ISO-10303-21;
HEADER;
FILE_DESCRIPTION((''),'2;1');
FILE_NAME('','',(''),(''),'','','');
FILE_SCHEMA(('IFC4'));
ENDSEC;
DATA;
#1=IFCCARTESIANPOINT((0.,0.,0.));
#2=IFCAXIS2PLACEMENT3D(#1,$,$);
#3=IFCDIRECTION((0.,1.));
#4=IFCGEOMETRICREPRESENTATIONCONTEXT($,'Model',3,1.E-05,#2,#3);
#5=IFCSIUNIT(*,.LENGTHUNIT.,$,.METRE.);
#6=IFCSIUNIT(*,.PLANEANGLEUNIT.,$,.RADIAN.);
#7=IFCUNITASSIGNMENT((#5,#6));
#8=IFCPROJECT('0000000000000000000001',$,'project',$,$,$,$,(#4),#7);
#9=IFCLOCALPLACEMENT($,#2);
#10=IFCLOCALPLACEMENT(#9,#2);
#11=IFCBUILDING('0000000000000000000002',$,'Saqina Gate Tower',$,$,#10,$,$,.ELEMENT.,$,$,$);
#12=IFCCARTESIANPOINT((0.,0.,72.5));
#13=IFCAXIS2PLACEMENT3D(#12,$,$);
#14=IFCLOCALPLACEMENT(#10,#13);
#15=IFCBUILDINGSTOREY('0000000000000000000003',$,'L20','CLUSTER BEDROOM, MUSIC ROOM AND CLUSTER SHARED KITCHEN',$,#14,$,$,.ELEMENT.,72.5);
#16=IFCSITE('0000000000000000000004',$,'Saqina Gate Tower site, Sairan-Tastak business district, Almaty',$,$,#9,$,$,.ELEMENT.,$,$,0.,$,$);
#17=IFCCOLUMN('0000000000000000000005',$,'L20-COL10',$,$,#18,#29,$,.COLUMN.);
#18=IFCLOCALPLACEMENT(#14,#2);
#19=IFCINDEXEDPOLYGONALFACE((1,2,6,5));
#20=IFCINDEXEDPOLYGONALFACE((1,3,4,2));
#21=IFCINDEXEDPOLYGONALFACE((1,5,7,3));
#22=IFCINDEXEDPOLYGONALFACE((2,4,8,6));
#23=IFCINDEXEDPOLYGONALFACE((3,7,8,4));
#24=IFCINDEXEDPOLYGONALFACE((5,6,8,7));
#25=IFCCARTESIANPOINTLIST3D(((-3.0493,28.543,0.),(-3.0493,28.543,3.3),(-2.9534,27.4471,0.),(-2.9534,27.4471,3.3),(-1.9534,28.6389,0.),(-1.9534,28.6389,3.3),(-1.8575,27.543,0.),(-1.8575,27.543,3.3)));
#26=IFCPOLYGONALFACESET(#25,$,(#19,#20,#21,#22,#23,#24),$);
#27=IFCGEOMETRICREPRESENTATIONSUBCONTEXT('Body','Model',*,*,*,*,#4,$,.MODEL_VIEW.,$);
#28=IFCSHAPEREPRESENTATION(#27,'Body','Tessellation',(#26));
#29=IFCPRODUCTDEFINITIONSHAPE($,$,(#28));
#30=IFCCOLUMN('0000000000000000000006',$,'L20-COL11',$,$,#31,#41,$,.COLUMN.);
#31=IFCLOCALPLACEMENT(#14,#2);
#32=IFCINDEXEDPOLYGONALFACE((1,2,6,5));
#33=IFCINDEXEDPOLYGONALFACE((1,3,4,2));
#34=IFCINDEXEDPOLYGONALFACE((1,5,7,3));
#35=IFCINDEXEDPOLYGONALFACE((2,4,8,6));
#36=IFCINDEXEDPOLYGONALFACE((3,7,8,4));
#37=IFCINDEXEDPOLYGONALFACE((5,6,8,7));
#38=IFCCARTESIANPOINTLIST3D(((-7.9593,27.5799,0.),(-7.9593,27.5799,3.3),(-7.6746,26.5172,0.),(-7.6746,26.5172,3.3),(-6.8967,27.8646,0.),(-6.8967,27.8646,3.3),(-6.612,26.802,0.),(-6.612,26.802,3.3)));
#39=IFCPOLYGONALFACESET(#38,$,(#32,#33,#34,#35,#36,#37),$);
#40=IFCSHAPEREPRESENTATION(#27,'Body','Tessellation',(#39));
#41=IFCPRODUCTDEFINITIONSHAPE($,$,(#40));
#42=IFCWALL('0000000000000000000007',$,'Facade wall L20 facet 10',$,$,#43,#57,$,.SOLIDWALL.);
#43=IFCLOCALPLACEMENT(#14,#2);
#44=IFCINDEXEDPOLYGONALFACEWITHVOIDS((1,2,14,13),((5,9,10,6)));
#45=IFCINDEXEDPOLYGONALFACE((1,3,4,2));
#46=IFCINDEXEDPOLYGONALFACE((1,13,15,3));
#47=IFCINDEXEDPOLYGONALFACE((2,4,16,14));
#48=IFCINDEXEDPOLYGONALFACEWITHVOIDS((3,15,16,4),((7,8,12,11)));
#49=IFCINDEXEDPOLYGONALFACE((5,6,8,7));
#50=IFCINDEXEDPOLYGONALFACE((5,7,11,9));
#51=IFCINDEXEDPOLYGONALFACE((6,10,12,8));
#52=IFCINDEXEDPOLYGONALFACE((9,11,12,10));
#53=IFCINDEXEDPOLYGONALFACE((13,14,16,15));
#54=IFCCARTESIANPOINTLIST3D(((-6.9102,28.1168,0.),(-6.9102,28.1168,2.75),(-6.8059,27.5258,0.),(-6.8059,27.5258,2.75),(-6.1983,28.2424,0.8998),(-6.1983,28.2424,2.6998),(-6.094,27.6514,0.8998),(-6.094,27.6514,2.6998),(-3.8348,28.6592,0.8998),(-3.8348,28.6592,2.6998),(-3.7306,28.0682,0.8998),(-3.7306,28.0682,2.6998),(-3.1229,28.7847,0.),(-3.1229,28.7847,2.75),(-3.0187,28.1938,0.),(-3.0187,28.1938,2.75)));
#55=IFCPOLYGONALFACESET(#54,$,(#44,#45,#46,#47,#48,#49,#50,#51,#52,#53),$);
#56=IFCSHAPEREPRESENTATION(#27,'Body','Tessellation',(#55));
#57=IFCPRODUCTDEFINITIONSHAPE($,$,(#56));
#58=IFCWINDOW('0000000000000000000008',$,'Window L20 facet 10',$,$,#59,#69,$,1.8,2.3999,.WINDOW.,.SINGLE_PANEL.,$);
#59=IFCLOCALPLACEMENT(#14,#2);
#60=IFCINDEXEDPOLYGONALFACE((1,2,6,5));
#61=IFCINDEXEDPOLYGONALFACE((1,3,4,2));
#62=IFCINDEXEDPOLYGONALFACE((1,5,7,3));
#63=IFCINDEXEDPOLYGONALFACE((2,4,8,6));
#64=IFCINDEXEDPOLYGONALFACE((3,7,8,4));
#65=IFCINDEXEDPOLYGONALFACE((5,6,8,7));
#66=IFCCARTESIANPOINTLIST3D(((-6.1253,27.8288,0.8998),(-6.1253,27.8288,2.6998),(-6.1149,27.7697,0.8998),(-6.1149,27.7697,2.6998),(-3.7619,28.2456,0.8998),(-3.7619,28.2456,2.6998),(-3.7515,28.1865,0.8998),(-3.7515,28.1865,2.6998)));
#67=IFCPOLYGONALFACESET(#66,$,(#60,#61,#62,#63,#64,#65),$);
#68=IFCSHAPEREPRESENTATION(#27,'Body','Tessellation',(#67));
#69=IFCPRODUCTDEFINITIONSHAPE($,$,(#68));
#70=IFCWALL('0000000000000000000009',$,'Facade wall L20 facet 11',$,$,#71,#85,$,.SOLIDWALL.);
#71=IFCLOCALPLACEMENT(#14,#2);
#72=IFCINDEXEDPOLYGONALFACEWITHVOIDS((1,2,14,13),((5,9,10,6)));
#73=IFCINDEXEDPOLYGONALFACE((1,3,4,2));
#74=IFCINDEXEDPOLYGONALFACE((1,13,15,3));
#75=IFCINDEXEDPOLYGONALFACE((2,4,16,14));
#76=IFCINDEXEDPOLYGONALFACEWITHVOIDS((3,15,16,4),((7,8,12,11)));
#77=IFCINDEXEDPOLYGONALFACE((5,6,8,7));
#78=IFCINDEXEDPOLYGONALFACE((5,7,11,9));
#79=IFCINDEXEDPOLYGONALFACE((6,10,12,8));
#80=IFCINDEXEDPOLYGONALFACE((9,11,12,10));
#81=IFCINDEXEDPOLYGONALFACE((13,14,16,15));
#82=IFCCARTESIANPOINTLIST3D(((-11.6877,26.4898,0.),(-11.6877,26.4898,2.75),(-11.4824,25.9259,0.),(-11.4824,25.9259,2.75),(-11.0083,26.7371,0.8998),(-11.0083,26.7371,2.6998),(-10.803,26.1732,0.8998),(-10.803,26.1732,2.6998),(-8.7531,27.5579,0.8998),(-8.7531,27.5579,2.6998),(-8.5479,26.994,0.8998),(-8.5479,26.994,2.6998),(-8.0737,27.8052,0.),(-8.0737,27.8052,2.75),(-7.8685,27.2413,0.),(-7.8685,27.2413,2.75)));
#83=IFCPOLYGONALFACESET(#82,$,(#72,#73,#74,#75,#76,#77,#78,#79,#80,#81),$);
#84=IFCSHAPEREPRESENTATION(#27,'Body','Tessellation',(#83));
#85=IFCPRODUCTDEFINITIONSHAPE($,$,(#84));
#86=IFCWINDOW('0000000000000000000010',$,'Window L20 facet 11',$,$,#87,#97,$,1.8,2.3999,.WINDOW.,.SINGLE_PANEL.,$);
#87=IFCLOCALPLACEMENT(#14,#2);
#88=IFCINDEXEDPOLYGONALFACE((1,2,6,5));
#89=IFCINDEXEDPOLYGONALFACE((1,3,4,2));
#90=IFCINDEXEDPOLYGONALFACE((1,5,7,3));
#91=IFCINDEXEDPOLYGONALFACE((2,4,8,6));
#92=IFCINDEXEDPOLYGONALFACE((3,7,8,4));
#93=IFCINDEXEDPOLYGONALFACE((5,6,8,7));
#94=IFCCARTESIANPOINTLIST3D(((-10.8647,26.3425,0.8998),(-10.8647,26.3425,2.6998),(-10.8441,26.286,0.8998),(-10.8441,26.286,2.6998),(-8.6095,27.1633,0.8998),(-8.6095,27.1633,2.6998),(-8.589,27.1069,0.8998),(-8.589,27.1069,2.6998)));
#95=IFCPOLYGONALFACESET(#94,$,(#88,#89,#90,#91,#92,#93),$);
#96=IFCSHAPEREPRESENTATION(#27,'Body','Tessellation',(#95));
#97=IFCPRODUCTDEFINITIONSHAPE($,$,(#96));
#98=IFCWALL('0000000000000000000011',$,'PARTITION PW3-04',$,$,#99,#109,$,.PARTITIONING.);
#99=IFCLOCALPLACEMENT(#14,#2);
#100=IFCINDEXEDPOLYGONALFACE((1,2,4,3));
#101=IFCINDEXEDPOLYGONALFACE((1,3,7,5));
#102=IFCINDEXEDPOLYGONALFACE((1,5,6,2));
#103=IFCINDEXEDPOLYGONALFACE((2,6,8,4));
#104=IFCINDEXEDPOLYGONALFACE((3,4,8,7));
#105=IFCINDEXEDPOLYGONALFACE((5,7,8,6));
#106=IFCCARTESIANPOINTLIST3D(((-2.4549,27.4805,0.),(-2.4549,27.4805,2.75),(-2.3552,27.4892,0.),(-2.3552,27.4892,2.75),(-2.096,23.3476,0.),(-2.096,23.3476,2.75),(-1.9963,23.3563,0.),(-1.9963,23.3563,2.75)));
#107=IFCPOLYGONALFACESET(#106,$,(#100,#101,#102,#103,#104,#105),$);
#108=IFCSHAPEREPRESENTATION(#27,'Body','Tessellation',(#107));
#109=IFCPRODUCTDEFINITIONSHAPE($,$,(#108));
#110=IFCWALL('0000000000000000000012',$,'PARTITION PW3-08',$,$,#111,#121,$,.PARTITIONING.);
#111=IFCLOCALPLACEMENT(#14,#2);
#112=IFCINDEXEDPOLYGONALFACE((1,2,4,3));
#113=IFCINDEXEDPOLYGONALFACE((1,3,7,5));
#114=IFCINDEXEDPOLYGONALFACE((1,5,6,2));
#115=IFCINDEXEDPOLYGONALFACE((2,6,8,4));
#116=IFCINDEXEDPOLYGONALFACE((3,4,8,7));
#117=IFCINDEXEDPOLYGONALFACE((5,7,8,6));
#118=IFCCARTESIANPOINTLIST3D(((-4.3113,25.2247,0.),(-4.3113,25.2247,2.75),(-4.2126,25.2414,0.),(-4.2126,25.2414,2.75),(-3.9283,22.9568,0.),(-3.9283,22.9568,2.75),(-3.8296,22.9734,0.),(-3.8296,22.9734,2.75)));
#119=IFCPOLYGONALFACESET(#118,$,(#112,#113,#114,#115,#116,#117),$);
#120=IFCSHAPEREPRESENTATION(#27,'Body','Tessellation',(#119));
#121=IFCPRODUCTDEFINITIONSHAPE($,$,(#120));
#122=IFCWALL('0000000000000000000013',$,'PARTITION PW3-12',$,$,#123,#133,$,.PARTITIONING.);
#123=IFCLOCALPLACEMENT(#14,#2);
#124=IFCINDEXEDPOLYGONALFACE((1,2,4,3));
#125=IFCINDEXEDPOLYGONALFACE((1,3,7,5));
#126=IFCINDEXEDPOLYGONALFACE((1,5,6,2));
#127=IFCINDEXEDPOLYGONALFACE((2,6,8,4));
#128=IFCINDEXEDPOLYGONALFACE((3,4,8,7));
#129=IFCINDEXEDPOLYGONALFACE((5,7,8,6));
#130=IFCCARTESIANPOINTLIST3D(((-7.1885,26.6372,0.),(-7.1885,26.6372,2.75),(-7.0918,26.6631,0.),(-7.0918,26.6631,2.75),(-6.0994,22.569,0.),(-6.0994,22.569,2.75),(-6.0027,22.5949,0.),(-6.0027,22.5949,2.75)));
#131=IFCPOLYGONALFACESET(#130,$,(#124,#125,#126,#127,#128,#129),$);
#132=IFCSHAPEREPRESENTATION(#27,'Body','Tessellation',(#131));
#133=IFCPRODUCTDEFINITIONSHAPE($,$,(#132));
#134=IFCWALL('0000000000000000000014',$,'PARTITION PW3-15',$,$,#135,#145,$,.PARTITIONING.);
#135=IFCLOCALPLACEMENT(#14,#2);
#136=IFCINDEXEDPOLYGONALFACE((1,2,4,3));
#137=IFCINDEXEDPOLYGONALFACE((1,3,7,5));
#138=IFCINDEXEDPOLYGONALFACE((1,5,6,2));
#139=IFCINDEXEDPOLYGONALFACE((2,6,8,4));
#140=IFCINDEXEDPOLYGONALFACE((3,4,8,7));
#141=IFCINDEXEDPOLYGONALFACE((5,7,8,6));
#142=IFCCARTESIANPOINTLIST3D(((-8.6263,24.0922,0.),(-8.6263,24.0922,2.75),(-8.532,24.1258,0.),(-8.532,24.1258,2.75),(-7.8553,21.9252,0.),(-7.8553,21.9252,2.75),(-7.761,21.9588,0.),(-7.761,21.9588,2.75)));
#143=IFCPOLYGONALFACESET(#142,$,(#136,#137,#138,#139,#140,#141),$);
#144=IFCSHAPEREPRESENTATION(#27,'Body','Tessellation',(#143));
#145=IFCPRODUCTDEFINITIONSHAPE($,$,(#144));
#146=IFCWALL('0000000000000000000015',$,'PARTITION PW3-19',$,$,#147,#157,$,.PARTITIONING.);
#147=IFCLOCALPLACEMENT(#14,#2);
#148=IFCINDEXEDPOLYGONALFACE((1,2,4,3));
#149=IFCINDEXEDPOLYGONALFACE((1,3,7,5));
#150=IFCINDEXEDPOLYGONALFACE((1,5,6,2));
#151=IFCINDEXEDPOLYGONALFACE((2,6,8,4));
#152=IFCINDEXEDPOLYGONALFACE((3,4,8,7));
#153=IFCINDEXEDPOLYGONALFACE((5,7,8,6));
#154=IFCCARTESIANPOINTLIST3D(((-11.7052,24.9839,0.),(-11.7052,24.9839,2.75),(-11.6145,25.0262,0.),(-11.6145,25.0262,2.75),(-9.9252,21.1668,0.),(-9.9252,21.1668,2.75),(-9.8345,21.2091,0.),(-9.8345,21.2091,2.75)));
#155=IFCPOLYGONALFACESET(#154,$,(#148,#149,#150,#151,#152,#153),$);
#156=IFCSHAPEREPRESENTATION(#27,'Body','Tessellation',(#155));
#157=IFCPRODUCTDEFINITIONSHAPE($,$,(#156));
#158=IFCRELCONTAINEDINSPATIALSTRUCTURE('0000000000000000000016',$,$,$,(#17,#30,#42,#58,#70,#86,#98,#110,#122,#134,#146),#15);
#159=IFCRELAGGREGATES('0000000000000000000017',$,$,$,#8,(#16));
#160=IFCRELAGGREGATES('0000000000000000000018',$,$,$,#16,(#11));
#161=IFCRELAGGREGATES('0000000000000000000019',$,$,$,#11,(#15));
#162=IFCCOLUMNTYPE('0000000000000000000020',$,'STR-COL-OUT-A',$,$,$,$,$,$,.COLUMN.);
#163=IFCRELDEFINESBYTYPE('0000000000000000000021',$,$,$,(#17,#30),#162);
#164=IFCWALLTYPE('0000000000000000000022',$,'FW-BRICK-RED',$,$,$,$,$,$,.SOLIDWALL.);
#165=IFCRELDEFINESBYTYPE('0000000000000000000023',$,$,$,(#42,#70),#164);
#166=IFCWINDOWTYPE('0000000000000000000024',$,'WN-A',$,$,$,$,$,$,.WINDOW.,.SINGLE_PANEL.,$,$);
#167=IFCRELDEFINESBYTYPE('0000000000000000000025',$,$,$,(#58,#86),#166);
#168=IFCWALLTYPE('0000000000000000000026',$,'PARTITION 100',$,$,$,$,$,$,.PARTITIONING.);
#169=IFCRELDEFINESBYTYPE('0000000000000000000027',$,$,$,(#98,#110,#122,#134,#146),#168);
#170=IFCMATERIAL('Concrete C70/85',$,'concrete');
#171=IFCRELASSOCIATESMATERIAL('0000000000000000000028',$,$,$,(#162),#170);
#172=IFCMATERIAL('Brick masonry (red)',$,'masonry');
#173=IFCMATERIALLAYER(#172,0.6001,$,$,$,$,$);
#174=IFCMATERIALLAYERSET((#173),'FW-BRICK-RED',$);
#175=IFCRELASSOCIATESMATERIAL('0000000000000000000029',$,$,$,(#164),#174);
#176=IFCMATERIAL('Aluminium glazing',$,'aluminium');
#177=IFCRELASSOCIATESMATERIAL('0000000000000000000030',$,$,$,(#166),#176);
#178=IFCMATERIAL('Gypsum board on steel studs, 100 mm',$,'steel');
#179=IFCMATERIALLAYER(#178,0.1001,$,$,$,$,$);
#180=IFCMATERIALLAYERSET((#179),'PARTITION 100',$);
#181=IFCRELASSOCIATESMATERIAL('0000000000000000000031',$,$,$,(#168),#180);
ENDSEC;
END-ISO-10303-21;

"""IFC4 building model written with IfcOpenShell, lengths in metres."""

from ifc_helpers import new_model, si_unit, direction, frame, frame_2d, origin, origin_2d, place, context, subcontext, project, spatial, rectangle, extrude, material, layer, layer_set, material_profile, profile_set, type_object, element, fill, save


model = new_model("IFC4")

# Units and contexts
model_context = context("Model", 3, precision=1e-05, world=origin(), true_north=direction((0.0, 1.0)))
body_context = subcontext(model_context, "Body", "Model", "MODEL_VIEW")
ifc_project = project(units=[si_unit("LENGTHUNIT", "METRE"), si_unit("PLANEANGLEUNIT", "RADIAN")], contexts=[model_context])

# Site, building, storey
site_placement = place(None, origin())
site = spatial("IfcSite", under=ifc_project, at=site_placement, Name="Saqina Gate Tower site, Sairan-Tastak business district, Almaty", CompositionType="ELEMENT", RefElevation=0.0)
building_placement = place(site_placement, origin())
building = spatial("IfcBuilding", under=site, at=building_placement, Name="Saqina Gate Tower", CompositionType="ELEMENT")
storey_placement = place(building_placement, frame((0.0, 0.0, 72.5)))
storey = spatial("IfcBuildingStorey", under=building, at=storey_placement, Name="L20", Description="CLUSTER BEDROOM, MUSIC ROOM AND CLUSTER SHARED KITCHEN", CompositionType="ELEMENT", Elevation=72.5)

# Columns
ifc_material_1 = material(Name="Concrete C70/85", Category="concrete")
ifc_material_profile = material_profile(ifc_material_1, rectangle(XDim=1.1001, YDim=1.1001, at=origin_2d()), Name="RC 1100x1100")
ifc_profile_set = profile_set([ifc_material_profile], Name="Concrete C70/85")
column_type = type_object("IfcColumnType", Name="STR-COL-OUT-A", PredefinedType="COLUMN", material=ifc_profile_set)
for number, where, z_axis, x_axis, name in (
    (1, (-2.4534, 28.043, 0.0), (0.0, 0.0, 1.0), (-0.087156, 0.996195, 0.0), "L20-COL10"),
    (2, (-7.2856, 27.1909, 0.0), (0.0, 0.0, 1.0), (-0.258819, 0.965926, 0.0), "L20-COL11"),
):
    element("IfcColumn", number, at=place(storey_placement, frame(where, z_axis=z_axis, x_axis=x_axis)), inside=storey, type_object=column_type, Name=name, PredefinedType="COLUMN", context=body_context, shape_type="SweptSolid", body=[
        extrude(rectangle(XDim=1.1001, YDim=1.1001, at=origin_2d()), origin(), (0.0, 0.0, 1.0), 3.3),
    ])

# Walls, openings, windows
ifc_material_2 = material(Name="Brick masonry (red)", Category="masonry")
ifc_layer_1 = layer(ifc_material_2, 0.6001)
ifc_layer_set_1 = layer_set([ifc_layer_1], Name="FW-BRICK-RED")
wall_type_1 = type_object("IfcWallType", Name="FW-BRICK-RED", PredefinedType="SOLIDWALL", material=ifc_layer_set_1)
wall_1_placement = place(storey_placement, frame((-3.0708, 28.4893, 0.0), z_axis=(0.0, 0.0, 1.0), x_axis=(-0.984801, -0.173688, 0.0)))
wall_1 = element("IfcWall", 3, at=wall_1_placement, inside=storey, type_object=wall_type_1, Name="Facade wall L20 facet 10", PredefinedType="SOLIDWALL", context=body_context, shape_type="SweptSolid", body=[
    extrude(rectangle(XDim=3.8457, YDim=0.6001, at=frame_2d((1.9229, 0.0))), origin(), (0.0, 0.0, 1.0), 2.75),
])
opening_1_placement = place(wall_1_placement, frame((0.7229, 0.0, 0.8999)))
opening_1 = element("IfcOpeningElement", 4, at=opening_1_placement, cuts=wall_1, PredefinedType="OPENING", context=body_context, shape_type="SweptSolid", body=[
    extrude(rectangle(XDim=2.3999, YDim=1.8, at=frame_2d((1.2, 0.8999))), frame((0.0, 0.312, 0.0), z_axis=(0.0, -1.0, 0.0), x_axis=(1.0, 0.0, 0.0)), (0.0, 0.0, 1.0), 0.624),
])
ifc_material_3 = material(Name="Aluminium glazing", Category="aluminium")
window_type = type_object("IfcWindowType", Name="WN-A", PartitioningType="SINGLE_PANEL", PredefinedType="WINDOW", material=ifc_material_3)
window_1_placement = place(opening_1_placement, origin())
window_1 = element("IfcWindow", 5, at=window_1_placement, inside=storey, type_object=window_type, Name="Window L20 facet 10", OverallHeight=1.8, OverallWidth=2.3999, PartitioningType="SINGLE_PANEL", PredefinedType="WINDOW", context=body_context, shape_type="SweptSolid", body=[
    extrude(rectangle(XDim=2.3999, YDim=1.8, at=frame_2d((1.2, 0.8999))), frame((0.0, 0.1799, 0.0), z_axis=(0.0, -1.0, 0.0), x_axis=(1.0, 0.0, 0.0)), (0.0, 0.0, 1.0), 0.0601),
])
fill(opening_1, window_1)
wall_2_placement = place(storey_placement, frame((-7.9712, 27.5232, 0.0), z_axis=(0.0, 0.0, 1.0), x_axis=(-0.93969, -0.342028, 0.0)))
wall_2 = element("IfcWall", 6, at=wall_2_placement, inside=storey, type_object=wall_type_1, Name="Facade wall L20 facet 11", PredefinedType="SOLIDWALL", context=body_context, shape_type="SweptSolid", body=[
    extrude(rectangle(XDim=3.8459, YDim=0.6001, at=frame_2d((1.9229, 0.0))), origin(), (0.0, 0.0, 1.0), 2.75),
])
opening_2_placement = place(wall_2_placement, frame((0.7229, 0.0, 0.8999)))
opening_2 = element("IfcOpeningElement", 7, at=opening_2_placement, cuts=wall_2, PredefinedType="OPENING", context=body_context, shape_type="SweptSolid", body=[
    extrude(rectangle(XDim=2.3999, YDim=1.8, at=frame_2d((1.2, 0.8999))), frame((0.0, 0.312, 0.0), z_axis=(0.0, -1.0, 0.0), x_axis=(1.0, 0.0, 0.0)), (0.0, 0.0, 1.0), 0.624),
])
window_2_placement = place(opening_2_placement, origin())
window_2 = element("IfcWindow", 8, at=window_2_placement, inside=storey, type_object=window_type, Name="Window L20 facet 11", OverallHeight=1.8, OverallWidth=2.3999, PartitioningType="SINGLE_PANEL", PredefinedType="WINDOW", context=body_context, shape_type="SweptSolid", body=[
    extrude(rectangle(XDim=2.3999, YDim=1.8, at=frame_2d((1.2, 0.8999))), frame((0.0, 0.1799, 0.0), z_axis=(0.0, -1.0, 0.0), x_axis=(1.0, 0.0, 0.0)), (0.0, 0.0, 1.0), 0.0601),
])
fill(opening_2, window_2)

# Walls
ifc_material_4 = material(Name="Gypsum board on steel studs, 100 mm", Category="steel")
ifc_layer_2 = layer(ifc_material_4, 0.1001)
ifc_layer_set_2 = layer_set([ifc_layer_2], Name="PARTITION 100")
wall_type_2 = type_object("IfcWallType", Name="PARTITION 100", PredefinedType="PARTITIONING", material=ifc_layer_set_2)
wall_3_placement = place(storey_placement, frame((-2.405, 27.4849, 0.0), z_axis=(0.0, 0.0, 1.0), x_axis=(0.086513, -0.996251, 0.0)))
element("IfcWall", 9, at=wall_3_placement, inside=storey, type_object=wall_type_2, Name="PARTITION PW3-04", PredefinedType="PARTITIONING", context=body_context, shape_type="SweptSolid", body=[
    extrude(rectangle(XDim=4.1484, YDim=0.1001, at=frame_2d((2.0742, 0.0))), origin(), (0.0, 0.0, 1.0), 2.75),
])
wall_4_placement = place(storey_placement, frame((-4.262, 25.2329, 0.0), z_axis=(0.0, 0.0, 1.0), x_axis=(0.16655, -0.986033, 0.0)))
element("IfcWall", 10, at=wall_4_placement, inside=storey, type_object=wall_type_2, Name="PARTITION PW3-08", PredefinedType="PARTITIONING", context=body_context, shape_type="SweptSolid", body=[
    extrude(rectangle(XDim=2.3, YDim=0.1001, at=frame_2d((1.1499, 0.0))), origin(), (0.0, 0.0, 1.0), 2.75),
])
wall_5_placement = place(storey_placement, frame((-7.1401, 26.6501, 0.0), z_axis=(0.0, 0.0, 1.0), x_axis=(0.258611, -0.965981, 0.0)))
element("IfcWall", 11, at=wall_5_placement, inside=storey, type_object=wall_type_2, Name="PARTITION PW3-12", PredefinedType="PARTITIONING", context=body_context, shape_type="SweptSolid", body=[
    extrude(rectangle(XDim=4.2114, YDim=0.1001, at=frame_2d((2.1057, 0.0))), origin(), (0.0, 0.0, 1.0), 2.75),
])
wall_6_placement = place(storey_placement, frame((-8.5791, 24.1089, 0.0), z_axis=(0.0, 0.0, 1.0), x_axis=(0.335207, -0.942145, 0.0)))
element("IfcWall", 12, at=wall_6_placement, inside=storey, type_object=wall_type_2, Name="PARTITION PW3-15", PredefinedType="PARTITIONING", context=body_context, shape_type="SweptSolid", body=[
    extrude(rectangle(XDim=2.3, YDim=0.1001, at=frame_2d((1.1499, 0.0))), origin(), (0.0, 0.0, 1.0), 2.75),
])
wall_7_placement = place(storey_placement, frame((-11.6599, 25.0051, 0.0), z_axis=(0.0, 0.0, 1.0), x_axis=(0.422632, -0.906302, 0.0)))
element("IfcWall", 13, at=wall_7_placement, inside=storey, type_object=wall_type_2, Name="PARTITION PW3-19", PredefinedType="PARTITIONING", context=body_context, shape_type="SweptSolid", body=[
    extrude(rectangle(XDim=4.2117, YDim=0.1001, at=frame_2d((2.106, 0.0))), origin(), (0.0, 0.0, 1.0), 2.75),
])

save(model, "model.ifc")
